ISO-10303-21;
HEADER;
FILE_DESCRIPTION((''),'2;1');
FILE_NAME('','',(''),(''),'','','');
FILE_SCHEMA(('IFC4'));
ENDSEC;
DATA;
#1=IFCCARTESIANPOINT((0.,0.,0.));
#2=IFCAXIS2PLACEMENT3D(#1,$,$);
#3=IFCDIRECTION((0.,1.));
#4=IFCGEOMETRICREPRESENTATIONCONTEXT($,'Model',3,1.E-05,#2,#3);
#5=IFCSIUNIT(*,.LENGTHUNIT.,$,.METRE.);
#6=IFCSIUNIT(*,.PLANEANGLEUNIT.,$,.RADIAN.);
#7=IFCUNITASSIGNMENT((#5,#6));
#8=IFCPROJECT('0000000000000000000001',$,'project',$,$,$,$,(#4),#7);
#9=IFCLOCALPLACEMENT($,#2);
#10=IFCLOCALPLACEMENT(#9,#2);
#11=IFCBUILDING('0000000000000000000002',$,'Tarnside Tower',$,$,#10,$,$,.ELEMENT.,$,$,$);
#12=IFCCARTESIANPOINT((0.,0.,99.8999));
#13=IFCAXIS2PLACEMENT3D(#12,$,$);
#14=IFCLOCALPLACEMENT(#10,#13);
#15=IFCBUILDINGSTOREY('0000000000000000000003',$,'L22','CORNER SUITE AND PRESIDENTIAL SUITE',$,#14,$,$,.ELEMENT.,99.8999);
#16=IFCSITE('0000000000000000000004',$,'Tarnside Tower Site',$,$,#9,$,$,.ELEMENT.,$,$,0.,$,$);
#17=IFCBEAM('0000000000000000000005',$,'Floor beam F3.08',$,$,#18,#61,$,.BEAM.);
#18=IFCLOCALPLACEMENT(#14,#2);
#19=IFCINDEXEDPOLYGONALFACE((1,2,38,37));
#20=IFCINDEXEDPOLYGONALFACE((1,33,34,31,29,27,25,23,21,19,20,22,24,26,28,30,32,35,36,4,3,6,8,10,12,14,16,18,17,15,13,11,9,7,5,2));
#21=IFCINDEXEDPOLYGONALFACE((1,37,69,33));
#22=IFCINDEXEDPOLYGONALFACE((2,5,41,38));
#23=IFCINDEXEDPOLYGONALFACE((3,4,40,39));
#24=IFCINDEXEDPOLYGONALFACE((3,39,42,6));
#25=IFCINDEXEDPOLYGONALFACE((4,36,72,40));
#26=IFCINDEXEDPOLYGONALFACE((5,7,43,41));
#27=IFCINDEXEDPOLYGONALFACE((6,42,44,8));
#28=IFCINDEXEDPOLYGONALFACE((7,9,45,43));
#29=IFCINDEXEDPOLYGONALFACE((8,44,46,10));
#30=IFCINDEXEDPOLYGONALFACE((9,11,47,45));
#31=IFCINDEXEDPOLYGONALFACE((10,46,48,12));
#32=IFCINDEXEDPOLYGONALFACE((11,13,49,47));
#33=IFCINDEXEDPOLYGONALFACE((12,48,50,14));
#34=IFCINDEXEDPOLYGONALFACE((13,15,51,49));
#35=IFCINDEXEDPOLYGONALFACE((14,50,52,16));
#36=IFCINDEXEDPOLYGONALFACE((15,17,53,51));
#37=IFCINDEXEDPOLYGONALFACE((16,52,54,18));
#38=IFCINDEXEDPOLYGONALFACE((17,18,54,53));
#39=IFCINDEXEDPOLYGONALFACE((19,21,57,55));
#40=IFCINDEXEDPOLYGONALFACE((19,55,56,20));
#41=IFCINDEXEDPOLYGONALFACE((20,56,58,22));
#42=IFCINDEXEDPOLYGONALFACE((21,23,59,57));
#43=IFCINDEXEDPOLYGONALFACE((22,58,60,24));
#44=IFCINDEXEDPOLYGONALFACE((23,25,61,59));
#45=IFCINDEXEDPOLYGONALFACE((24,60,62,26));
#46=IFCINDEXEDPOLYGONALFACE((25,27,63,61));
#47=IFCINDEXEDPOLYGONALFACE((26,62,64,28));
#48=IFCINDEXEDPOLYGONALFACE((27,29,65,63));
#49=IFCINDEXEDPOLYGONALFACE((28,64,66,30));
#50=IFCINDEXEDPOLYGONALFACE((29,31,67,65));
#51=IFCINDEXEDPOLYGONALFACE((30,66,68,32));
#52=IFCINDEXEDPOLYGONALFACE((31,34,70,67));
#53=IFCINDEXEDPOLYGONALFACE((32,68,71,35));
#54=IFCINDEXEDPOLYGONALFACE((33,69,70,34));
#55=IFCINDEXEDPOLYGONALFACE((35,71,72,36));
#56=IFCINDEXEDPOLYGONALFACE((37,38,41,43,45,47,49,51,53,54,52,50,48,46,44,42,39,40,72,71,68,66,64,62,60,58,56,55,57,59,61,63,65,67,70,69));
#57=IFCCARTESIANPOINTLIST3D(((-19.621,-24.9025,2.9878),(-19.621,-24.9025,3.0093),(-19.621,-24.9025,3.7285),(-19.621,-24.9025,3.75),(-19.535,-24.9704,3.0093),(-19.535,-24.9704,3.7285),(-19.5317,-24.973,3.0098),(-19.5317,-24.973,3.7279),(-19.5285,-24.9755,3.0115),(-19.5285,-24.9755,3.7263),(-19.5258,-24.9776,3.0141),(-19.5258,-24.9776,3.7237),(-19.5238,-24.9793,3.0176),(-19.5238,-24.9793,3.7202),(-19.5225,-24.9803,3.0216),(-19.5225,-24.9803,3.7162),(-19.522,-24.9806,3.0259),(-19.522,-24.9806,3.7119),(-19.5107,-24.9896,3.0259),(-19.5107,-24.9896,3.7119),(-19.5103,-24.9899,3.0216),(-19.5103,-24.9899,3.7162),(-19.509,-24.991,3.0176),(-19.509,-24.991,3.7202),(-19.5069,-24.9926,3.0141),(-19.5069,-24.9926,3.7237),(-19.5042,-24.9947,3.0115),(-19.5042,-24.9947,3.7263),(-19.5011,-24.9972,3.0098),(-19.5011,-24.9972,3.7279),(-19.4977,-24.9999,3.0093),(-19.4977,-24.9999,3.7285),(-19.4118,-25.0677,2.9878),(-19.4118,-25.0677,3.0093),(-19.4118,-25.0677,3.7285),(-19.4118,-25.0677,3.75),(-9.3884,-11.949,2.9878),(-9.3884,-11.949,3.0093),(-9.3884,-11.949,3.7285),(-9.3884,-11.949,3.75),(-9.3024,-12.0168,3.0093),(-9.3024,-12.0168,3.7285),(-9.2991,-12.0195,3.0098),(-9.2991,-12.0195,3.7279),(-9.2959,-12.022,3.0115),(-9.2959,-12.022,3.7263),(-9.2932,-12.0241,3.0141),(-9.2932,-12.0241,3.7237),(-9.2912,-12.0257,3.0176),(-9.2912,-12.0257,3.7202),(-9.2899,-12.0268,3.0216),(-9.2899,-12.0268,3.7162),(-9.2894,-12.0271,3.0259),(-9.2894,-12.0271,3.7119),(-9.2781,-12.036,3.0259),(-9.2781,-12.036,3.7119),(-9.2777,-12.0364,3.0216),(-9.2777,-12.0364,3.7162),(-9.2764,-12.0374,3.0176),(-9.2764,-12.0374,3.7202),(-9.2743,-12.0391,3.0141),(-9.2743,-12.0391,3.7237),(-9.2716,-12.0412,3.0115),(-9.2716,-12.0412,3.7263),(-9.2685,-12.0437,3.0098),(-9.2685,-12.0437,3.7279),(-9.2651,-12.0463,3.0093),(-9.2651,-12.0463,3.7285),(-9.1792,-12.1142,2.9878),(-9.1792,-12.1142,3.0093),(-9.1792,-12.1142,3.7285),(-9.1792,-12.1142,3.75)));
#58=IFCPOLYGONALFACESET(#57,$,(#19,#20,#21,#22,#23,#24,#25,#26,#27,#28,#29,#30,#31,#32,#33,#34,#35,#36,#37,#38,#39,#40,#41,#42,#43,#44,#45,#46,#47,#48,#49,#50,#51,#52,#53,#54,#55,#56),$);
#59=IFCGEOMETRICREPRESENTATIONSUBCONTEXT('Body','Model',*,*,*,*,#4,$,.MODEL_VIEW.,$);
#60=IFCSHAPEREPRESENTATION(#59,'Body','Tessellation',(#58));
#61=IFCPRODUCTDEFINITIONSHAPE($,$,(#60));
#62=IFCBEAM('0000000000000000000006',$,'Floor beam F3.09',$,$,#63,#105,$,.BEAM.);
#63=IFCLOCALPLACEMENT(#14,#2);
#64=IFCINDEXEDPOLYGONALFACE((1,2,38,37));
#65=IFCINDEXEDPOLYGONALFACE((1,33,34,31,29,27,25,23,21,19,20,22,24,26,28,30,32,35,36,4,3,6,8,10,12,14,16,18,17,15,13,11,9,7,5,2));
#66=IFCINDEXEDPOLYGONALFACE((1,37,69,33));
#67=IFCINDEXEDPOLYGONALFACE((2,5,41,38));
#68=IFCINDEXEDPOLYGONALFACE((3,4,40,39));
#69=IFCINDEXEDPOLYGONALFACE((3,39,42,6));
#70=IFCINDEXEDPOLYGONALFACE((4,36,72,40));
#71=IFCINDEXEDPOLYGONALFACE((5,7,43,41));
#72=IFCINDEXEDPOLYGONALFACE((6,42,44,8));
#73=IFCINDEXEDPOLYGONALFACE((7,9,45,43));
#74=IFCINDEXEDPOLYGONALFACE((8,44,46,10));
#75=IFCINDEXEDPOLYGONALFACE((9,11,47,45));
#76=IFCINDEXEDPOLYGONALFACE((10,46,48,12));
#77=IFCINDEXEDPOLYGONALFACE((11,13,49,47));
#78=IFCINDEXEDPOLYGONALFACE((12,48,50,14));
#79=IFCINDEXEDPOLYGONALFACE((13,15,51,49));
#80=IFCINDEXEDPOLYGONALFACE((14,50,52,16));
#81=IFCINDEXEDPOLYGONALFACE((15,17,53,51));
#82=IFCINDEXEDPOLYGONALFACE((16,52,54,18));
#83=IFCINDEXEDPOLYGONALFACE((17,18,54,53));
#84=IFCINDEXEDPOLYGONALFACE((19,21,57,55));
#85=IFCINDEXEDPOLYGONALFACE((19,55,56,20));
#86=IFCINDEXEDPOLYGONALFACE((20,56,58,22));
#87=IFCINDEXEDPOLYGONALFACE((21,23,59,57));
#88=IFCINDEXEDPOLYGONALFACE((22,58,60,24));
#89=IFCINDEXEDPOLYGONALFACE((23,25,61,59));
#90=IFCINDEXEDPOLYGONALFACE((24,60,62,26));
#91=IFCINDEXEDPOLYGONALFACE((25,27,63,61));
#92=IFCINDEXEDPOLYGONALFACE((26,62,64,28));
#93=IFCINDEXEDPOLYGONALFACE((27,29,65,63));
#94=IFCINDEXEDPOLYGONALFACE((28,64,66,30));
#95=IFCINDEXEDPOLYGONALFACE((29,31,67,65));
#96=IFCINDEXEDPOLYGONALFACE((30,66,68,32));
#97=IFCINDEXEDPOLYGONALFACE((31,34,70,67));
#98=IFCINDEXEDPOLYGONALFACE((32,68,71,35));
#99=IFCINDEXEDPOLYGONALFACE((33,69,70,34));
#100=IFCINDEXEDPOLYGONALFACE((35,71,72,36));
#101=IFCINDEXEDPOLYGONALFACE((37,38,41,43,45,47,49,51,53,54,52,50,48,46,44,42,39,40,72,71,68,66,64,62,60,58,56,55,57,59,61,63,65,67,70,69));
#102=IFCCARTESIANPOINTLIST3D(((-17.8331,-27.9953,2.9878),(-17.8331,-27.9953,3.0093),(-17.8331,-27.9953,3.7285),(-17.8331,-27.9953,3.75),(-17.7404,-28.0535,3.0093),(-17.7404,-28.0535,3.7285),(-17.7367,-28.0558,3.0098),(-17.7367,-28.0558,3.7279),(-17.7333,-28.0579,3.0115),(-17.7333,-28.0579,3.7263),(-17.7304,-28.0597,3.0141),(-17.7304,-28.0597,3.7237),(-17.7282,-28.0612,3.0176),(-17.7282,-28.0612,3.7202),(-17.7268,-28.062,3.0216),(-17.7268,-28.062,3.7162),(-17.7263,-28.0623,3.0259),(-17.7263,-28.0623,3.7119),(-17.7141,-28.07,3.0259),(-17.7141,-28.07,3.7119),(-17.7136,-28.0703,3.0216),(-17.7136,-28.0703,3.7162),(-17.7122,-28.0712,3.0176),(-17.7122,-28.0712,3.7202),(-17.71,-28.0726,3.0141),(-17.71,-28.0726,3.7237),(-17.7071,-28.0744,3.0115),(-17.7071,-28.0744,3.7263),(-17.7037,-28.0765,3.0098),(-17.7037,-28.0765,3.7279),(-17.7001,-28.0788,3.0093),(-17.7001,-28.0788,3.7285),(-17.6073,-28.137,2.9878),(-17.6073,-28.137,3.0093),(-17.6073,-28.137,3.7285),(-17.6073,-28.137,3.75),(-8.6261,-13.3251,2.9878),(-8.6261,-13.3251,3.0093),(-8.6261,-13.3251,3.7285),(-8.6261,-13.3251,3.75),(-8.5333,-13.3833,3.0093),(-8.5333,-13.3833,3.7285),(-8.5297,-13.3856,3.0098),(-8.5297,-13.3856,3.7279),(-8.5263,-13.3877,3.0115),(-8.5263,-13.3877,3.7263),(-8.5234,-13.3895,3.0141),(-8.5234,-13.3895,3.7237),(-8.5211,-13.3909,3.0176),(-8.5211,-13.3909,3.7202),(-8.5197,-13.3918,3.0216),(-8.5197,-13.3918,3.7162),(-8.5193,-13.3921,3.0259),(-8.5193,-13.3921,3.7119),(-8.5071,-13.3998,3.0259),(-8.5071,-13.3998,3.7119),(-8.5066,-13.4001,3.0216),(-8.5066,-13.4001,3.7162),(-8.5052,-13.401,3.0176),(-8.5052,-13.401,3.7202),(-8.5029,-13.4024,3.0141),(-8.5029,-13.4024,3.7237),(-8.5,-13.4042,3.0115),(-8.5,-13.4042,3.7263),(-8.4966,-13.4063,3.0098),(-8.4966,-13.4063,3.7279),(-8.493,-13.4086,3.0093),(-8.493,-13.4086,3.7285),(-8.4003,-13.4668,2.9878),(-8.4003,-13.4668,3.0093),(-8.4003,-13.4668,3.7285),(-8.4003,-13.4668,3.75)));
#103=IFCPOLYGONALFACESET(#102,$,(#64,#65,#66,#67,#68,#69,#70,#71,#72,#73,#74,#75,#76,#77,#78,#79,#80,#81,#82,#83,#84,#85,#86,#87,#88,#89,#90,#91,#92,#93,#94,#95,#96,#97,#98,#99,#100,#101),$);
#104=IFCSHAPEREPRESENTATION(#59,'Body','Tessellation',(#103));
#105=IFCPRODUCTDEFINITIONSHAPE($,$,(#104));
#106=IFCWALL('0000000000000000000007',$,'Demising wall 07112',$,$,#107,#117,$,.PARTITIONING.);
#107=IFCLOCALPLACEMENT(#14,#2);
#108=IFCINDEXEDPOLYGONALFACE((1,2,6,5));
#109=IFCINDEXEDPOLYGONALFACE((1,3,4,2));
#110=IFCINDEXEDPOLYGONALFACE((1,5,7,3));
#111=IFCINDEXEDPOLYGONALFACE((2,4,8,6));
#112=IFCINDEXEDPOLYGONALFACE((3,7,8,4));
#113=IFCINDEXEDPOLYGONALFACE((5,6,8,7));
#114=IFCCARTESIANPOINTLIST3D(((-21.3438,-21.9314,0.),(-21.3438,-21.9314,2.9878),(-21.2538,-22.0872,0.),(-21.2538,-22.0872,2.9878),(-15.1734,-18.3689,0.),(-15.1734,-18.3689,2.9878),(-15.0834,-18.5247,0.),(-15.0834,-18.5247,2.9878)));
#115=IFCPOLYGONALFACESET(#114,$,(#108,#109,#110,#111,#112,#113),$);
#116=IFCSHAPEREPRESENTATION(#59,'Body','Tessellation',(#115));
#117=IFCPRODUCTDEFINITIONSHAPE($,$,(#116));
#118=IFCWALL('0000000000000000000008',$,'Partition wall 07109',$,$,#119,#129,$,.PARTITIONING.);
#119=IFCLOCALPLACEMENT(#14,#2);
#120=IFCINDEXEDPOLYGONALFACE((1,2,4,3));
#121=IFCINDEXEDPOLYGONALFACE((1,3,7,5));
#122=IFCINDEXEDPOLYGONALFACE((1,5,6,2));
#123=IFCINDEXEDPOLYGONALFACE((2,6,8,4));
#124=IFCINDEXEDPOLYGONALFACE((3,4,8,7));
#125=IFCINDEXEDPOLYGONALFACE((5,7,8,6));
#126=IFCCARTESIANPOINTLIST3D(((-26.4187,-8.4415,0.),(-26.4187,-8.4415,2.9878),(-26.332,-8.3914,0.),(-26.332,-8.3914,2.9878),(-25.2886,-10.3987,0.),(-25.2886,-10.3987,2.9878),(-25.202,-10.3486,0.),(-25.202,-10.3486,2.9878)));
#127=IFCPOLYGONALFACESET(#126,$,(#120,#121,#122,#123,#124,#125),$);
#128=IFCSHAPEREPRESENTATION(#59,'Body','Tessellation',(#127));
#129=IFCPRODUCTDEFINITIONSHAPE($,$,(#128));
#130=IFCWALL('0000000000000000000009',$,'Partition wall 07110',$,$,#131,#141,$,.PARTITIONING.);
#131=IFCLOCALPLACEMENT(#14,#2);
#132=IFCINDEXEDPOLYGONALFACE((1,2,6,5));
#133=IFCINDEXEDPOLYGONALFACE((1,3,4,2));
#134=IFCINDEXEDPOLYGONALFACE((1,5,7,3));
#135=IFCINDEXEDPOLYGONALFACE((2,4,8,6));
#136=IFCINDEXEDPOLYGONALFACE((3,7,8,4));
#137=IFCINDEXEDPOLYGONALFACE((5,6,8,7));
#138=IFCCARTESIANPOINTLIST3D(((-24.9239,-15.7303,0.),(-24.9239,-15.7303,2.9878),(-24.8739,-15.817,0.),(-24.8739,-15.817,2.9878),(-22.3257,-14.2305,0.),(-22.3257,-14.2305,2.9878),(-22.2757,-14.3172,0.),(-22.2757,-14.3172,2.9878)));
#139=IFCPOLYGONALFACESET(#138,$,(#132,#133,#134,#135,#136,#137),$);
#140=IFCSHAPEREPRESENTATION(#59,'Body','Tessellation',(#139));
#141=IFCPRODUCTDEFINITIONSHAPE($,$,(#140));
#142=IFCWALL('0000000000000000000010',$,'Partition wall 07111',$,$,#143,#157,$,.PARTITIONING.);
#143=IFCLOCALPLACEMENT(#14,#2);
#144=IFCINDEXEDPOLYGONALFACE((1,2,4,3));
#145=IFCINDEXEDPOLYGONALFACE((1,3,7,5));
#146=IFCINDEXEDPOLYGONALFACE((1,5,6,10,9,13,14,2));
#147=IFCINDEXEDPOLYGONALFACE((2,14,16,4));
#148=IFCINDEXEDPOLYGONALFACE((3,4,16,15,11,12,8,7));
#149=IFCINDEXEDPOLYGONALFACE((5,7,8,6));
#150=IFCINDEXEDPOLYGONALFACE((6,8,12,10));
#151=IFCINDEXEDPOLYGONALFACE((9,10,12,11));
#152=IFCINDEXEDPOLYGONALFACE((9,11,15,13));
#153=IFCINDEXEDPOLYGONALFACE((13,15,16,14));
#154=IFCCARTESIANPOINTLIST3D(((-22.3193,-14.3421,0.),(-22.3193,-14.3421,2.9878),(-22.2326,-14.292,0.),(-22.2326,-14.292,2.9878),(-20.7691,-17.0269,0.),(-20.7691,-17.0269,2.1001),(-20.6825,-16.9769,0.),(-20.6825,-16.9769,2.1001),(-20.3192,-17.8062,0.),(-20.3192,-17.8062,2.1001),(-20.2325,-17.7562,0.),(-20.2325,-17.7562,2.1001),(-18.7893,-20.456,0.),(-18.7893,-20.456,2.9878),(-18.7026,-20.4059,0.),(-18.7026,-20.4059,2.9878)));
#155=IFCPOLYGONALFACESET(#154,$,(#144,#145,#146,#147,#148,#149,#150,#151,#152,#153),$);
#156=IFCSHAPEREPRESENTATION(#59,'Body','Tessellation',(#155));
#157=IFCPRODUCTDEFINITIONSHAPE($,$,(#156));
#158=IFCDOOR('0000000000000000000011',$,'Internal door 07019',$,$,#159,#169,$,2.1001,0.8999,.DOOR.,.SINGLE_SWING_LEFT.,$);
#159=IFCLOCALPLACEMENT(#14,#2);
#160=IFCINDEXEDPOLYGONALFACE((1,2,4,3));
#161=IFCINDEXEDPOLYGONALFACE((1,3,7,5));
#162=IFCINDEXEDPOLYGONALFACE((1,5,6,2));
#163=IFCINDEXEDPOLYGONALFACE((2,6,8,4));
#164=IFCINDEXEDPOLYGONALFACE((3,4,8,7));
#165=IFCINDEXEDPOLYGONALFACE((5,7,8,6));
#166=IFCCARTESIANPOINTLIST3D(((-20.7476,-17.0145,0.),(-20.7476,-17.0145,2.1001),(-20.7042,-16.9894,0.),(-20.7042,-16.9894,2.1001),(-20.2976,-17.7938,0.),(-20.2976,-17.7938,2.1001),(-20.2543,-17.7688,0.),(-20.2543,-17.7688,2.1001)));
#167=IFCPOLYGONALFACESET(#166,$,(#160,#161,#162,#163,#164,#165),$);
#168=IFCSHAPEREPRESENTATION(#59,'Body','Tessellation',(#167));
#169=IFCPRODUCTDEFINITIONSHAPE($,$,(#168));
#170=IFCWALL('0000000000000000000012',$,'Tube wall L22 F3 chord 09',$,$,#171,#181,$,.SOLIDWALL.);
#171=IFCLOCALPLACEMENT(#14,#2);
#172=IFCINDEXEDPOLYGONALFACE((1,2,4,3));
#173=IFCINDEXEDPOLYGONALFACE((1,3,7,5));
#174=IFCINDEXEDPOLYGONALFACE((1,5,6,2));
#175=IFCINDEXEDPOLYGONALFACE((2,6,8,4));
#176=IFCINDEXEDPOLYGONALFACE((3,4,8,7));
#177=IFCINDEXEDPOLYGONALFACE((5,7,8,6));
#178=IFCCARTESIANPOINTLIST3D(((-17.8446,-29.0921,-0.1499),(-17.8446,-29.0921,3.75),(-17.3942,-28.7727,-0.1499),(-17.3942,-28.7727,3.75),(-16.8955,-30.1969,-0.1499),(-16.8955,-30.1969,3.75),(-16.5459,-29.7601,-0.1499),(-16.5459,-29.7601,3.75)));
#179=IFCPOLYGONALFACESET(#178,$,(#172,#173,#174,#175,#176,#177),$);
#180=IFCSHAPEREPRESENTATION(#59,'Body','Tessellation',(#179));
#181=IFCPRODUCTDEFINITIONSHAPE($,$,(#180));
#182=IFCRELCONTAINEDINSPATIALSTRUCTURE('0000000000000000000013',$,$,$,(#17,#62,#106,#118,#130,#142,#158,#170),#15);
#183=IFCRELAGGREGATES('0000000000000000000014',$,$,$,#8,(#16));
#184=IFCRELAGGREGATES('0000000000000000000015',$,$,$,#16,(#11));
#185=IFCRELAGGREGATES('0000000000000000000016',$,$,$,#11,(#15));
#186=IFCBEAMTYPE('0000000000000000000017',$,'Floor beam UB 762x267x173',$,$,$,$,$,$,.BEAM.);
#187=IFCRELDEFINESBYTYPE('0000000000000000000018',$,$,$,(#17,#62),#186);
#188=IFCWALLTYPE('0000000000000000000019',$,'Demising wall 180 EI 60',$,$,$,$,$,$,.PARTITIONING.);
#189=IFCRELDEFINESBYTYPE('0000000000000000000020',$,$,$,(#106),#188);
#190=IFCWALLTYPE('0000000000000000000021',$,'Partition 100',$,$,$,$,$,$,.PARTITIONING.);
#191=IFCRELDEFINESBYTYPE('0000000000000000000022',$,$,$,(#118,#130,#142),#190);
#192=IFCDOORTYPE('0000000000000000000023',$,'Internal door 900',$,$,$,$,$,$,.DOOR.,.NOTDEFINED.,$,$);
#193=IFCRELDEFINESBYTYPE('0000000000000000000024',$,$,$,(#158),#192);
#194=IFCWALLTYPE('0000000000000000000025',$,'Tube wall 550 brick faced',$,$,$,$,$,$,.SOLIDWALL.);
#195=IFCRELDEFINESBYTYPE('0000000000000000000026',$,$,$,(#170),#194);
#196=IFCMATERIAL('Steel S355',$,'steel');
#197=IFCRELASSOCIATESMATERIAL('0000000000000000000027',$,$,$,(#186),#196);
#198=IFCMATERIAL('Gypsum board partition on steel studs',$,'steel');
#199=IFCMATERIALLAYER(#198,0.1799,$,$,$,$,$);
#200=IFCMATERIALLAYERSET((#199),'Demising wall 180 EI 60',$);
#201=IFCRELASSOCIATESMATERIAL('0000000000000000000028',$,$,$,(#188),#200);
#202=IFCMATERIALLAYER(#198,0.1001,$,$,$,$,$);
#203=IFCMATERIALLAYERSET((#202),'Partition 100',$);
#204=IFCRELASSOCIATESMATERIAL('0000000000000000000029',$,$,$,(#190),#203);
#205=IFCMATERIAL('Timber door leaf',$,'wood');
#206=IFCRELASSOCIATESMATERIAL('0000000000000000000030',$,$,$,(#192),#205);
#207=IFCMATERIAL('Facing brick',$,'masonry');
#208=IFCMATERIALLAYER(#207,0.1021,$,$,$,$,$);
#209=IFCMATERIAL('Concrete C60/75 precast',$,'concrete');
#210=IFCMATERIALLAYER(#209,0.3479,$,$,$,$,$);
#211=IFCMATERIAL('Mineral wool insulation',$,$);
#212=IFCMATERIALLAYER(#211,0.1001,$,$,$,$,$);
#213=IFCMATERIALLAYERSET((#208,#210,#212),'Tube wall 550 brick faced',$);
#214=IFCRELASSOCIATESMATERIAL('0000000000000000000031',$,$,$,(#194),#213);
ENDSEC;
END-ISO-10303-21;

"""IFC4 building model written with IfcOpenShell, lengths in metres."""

from ifc_helpers import new_model, si_unit, direction, frame, frame_2d, origin, origin_2d, place, context, subcontext, project, spatial, polyline, rectangle, i_section, outline, extrude, material, layer, layer_set, material_profile, profile_set, type_object, element, fill, save


model = new_model("IFC4")

# Units and contexts
model_context = context("Model", 3, precision=1e-05, world=origin(), true_north=direction((0.0, 1.0)))
body_context = subcontext(model_context, "Body", "Model", "MODEL_VIEW")
ifc_project = project(units=[si_unit("LENGTHUNIT", "METRE"), si_unit("PLANEANGLEUNIT", "RADIAN")], contexts=[model_context])

# Site, building, storey
site_placement = place(None, origin())
site = spatial("IfcSite", under=ifc_project, at=site_placement, Name="Tarnside Tower Site", CompositionType="ELEMENT", RefElevation=0.0)
building_placement = place(site_placement, origin())
building = spatial("IfcBuilding", under=site, at=building_placement, Name="Tarnside Tower", CompositionType="ELEMENT")
storey_placement = place(building_placement, frame((0.0, 0.0, 99.8999)))
storey = spatial("IfcBuildingStorey", under=building, at=storey_placement, Name="L22", Description="CORNER SUITE AND PRESIDENTIAL SUITE", CompositionType="ELEMENT", Elevation=99.8999)

# Beams
ifc_material_1 = material(Name="Steel S355", Category="steel")
ifc_material_profile_1 = material_profile(ifc_material_1, i_section(OverallWidth=0.2666, OverallDepth=0.7622, WebThickness=0.0144, FlangeThickness=0.0215, FilletRadius=0.0166, at=origin_2d()), Name="UB 762x267x173")
ifc_profile_set_1 = profile_set([ifc_material_profile_1], Name="Steel S355")
beam_type_1 = type_object("IfcBeamType", Name="Floor beam UB 762x267x173", PredefinedType="BEAM", material=ifc_profile_set_1)
beam_1_placement = place(storey_placement, frame((-19.5164, -24.9851, 3.3689), z_axis=(0.619873, 0.784702, 0.0), x_axis=(-0.784702, 0.619873, 0.0)))
element("IfcBeam", 1, at=beam_1_placement, inside=storey, type_object=beam_type_1, Name="Floor beam F3.08", PredefinedType="BEAM", context=body_context, shape_type="SweptSolid", body=[
    extrude(i_section(OverallWidth=0.2666, OverallDepth=0.7622, WebThickness=0.0144, FlangeThickness=0.0215, FilletRadius=0.0166, at=origin_2d()), origin(), (0.0, 0.0, 1.0), 16.5076),
])
beam_2_placement = place(storey_placement, frame((-17.7202, -28.0662, 3.3689), z_axis=(0.531583, 0.847006, 0.0), x_axis=(-0.847006, 0.531583, 0.0)))
element("IfcBeam", 2, at=beam_2_placement, inside=storey, type_object=beam_type_1, Name="Floor beam F3.09", PredefinedType="BEAM", context=body_context, shape_type="SweptSolid", body=[
    extrude(i_section(OverallWidth=0.2666, OverallDepth=0.7622, WebThickness=0.0144, FlangeThickness=0.0215, FilletRadius=0.0166, at=origin_2d()), origin(), (0.0, 0.0, 1.0), 17.3201),
])

# Walls
ifc_material_2 = material(Name="Gypsum board partition on steel studs", Category="steel")
ifc_layer_1 = layer(ifc_material_2, 0.1799)
ifc_layer_set_1 = layer_set([ifc_layer_1], Name="Demising wall 180 EI 60")
wall_type_1 = type_object("IfcWallType", Name="Demising wall 180 EI 60", PredefinedType="PARTITIONING", material=ifc_layer_set_1)
wall_1_placement = place(storey_placement, frame((-21.2988, -22.0093, 0.0), z_axis=(0.0, 0.0, 1.0), x_axis=(0.866025, 0.500001, 0.0)))
element("IfcWall", 3, at=wall_1_placement, inside=storey, type_object=wall_type_1, Name="Demising wall 07112", PredefinedType="PARTITIONING", context=body_context, shape_type="SweptSolid", body=[
    extrude(rectangle(XDim=7.125, YDim=0.1799, at=frame_2d((3.5625, 0.0))), origin(), (0.0, 0.0, 1.0), 2.9878),
])
ifc_layer_2 = layer(ifc_material_2, 0.1001)
ifc_layer_set_2 = layer_set([ifc_layer_2], Name="Partition 100")
wall_type_2 = type_object("IfcWallType", Name="Partition 100", PredefinedType="PARTITIONING", material=ifc_layer_set_2)
wall_2_placement = place(storey_placement, frame((-25.2454, -10.3735, 0.0), z_axis=(0.0, 0.0, 1.0), x_axis=(-0.500031, 0.866007, 0.0)))
element("IfcWall", 4, at=wall_2_placement, inside=storey, type_object=wall_type_2, Name="Partition wall 07109", PredefinedType="PARTITIONING", context=body_context, shape_type="SweptSolid", body=[
    extrude(rectangle(XDim=2.26, YDim=0.1001, at=frame_2d((1.1299, 0.0))), origin(), (0.0, 0.0, 1.0), 2.9878),
])
wall_3_placement = place(storey_placement, frame((-24.8989, -15.7737, 0.0), z_axis=(0.0, 0.0, 1.0), x_axis=(0.866066, 0.499929, 0.0)))
element("IfcWall", 5, at=wall_3_placement, inside=storey, type_object=wall_type_2, Name="Partition wall 07110", PredefinedType="PARTITIONING", context=body_context, shape_type="SweptSolid", body=[
    extrude(rectangle(XDim=3.0, YDim=0.1001, at=frame_2d((1.5, 0.0))), origin(), (0.0, 0.0, 1.0), 2.9878),
])

# Wall, opening, door
wall_4_placement = place(storey_placement, frame((-22.2759, -14.3171, 0.0), z_axis=(0.0, 0.0, 1.0), x_axis=(0.500011, -0.866019, 0.0)))
wall_4 = element("IfcWall", 6, at=wall_4_placement, inside=storey, type_object=wall_type_2, Name="Partition wall 07111", PredefinedType="PARTITIONING", context=body_context, shape_type="SweptSolid", body=[
    extrude(rectangle(XDim=7.0598, YDim=0.1001, at=frame_2d((3.5298, 0.0))), origin(), (0.0, 0.0, 1.0), 2.9878),
])
opening_placement = place(wall_4_placement, frame((3.1001, 0.0, 0.0)))
opening = element("IfcOpeningElement", 7, at=opening_placement, cuts=wall_4, PredefinedType="OPENING", context=body_context, shape_type="SweptSolid", body=[
    extrude(rectangle(XDim=0.8999, YDim=2.1001, at=frame_2d((0.45, 1.05))), frame((0.0, 0.0601, 0.0), z_axis=(0.0, -1.0, 0.0), x_axis=(1.0, 0.0, 0.0)), (0.0, 0.0, 1.0), 0.1201),
])
ifc_material_3 = material(Name="Timber door leaf", Category="wood")
door_type = type_object("IfcDoorType", Name="Internal door 900", OperationType="NOTDEFINED", PredefinedType="DOOR", material=ifc_material_3)
door_placement = place(opening_placement, origin())
door = element("IfcDoor", 8, at=door_placement, inside=storey, type_object=door_type, Name="Internal door 07019", OperationType="SINGLE_SWING_LEFT", OverallHeight=2.1001, OverallWidth=0.8999, PredefinedType="DOOR", context=body_context, shape_type="SweptSolid", body=[
    extrude(rectangle(XDim=0.8999, YDim=2.1001, at=frame_2d((0.45, 1.05))), frame((0.0, 0.0249, 0.0), z_axis=(0.0, -1.0, 0.0), x_axis=(1.0, 0.0, 0.0)), (0.0, 0.0, 1.0), 0.05),
])
fill(opening, door)

# Wall
ifc_material_4 = material(Name="Facing brick", Category="masonry")
ifc_layer_3 = layer(ifc_material_4, 0.1021)
ifc_material_5 = material(Name="Concrete C60/75 precast", Category="concrete")
ifc_layer_4 = layer(ifc_material_5, 0.3479)
ifc_material_6 = material(Name="Mineral wool insulation")
ifc_layer_5 = layer(ifc_material_6, 0.1001)
ifc_layer_set_3 = layer_set([ifc_layer_3, ifc_layer_4, ifc_layer_5], Name="Tube wall 550 brick faced")
wall_type_3 = type_object("IfcWallType", Name="Tube wall 550 brick faced", PredefinedType="SOLIDWALL", material=ifc_layer_set_3)
wall_5_placement = place(storey_placement, frame((-17.6194, -28.9324, -0.1499), z_axis=(0.0, 0.0, 1.0), x_axis=(0.651622, -0.758544, 0.0)))
element("IfcWall", 9, at=wall_5_placement, inside=storey, type_object=wall_type_3, Name="Tube wall L22 F3 chord 09", PredefinedType="SOLIDWALL", context=body_context, shape_type="SweptSolid", body=[
    extrude(outline(polyline([(-0.0256, -0.2749), (1.4309, -0.2749), (1.3274, 0.2749), (0.0256, 0.2749), (-0.0256, -0.2749)])), origin(), (0.0, 0.0, 1.0), 3.8999),
])

save(model, "model.ifc")
